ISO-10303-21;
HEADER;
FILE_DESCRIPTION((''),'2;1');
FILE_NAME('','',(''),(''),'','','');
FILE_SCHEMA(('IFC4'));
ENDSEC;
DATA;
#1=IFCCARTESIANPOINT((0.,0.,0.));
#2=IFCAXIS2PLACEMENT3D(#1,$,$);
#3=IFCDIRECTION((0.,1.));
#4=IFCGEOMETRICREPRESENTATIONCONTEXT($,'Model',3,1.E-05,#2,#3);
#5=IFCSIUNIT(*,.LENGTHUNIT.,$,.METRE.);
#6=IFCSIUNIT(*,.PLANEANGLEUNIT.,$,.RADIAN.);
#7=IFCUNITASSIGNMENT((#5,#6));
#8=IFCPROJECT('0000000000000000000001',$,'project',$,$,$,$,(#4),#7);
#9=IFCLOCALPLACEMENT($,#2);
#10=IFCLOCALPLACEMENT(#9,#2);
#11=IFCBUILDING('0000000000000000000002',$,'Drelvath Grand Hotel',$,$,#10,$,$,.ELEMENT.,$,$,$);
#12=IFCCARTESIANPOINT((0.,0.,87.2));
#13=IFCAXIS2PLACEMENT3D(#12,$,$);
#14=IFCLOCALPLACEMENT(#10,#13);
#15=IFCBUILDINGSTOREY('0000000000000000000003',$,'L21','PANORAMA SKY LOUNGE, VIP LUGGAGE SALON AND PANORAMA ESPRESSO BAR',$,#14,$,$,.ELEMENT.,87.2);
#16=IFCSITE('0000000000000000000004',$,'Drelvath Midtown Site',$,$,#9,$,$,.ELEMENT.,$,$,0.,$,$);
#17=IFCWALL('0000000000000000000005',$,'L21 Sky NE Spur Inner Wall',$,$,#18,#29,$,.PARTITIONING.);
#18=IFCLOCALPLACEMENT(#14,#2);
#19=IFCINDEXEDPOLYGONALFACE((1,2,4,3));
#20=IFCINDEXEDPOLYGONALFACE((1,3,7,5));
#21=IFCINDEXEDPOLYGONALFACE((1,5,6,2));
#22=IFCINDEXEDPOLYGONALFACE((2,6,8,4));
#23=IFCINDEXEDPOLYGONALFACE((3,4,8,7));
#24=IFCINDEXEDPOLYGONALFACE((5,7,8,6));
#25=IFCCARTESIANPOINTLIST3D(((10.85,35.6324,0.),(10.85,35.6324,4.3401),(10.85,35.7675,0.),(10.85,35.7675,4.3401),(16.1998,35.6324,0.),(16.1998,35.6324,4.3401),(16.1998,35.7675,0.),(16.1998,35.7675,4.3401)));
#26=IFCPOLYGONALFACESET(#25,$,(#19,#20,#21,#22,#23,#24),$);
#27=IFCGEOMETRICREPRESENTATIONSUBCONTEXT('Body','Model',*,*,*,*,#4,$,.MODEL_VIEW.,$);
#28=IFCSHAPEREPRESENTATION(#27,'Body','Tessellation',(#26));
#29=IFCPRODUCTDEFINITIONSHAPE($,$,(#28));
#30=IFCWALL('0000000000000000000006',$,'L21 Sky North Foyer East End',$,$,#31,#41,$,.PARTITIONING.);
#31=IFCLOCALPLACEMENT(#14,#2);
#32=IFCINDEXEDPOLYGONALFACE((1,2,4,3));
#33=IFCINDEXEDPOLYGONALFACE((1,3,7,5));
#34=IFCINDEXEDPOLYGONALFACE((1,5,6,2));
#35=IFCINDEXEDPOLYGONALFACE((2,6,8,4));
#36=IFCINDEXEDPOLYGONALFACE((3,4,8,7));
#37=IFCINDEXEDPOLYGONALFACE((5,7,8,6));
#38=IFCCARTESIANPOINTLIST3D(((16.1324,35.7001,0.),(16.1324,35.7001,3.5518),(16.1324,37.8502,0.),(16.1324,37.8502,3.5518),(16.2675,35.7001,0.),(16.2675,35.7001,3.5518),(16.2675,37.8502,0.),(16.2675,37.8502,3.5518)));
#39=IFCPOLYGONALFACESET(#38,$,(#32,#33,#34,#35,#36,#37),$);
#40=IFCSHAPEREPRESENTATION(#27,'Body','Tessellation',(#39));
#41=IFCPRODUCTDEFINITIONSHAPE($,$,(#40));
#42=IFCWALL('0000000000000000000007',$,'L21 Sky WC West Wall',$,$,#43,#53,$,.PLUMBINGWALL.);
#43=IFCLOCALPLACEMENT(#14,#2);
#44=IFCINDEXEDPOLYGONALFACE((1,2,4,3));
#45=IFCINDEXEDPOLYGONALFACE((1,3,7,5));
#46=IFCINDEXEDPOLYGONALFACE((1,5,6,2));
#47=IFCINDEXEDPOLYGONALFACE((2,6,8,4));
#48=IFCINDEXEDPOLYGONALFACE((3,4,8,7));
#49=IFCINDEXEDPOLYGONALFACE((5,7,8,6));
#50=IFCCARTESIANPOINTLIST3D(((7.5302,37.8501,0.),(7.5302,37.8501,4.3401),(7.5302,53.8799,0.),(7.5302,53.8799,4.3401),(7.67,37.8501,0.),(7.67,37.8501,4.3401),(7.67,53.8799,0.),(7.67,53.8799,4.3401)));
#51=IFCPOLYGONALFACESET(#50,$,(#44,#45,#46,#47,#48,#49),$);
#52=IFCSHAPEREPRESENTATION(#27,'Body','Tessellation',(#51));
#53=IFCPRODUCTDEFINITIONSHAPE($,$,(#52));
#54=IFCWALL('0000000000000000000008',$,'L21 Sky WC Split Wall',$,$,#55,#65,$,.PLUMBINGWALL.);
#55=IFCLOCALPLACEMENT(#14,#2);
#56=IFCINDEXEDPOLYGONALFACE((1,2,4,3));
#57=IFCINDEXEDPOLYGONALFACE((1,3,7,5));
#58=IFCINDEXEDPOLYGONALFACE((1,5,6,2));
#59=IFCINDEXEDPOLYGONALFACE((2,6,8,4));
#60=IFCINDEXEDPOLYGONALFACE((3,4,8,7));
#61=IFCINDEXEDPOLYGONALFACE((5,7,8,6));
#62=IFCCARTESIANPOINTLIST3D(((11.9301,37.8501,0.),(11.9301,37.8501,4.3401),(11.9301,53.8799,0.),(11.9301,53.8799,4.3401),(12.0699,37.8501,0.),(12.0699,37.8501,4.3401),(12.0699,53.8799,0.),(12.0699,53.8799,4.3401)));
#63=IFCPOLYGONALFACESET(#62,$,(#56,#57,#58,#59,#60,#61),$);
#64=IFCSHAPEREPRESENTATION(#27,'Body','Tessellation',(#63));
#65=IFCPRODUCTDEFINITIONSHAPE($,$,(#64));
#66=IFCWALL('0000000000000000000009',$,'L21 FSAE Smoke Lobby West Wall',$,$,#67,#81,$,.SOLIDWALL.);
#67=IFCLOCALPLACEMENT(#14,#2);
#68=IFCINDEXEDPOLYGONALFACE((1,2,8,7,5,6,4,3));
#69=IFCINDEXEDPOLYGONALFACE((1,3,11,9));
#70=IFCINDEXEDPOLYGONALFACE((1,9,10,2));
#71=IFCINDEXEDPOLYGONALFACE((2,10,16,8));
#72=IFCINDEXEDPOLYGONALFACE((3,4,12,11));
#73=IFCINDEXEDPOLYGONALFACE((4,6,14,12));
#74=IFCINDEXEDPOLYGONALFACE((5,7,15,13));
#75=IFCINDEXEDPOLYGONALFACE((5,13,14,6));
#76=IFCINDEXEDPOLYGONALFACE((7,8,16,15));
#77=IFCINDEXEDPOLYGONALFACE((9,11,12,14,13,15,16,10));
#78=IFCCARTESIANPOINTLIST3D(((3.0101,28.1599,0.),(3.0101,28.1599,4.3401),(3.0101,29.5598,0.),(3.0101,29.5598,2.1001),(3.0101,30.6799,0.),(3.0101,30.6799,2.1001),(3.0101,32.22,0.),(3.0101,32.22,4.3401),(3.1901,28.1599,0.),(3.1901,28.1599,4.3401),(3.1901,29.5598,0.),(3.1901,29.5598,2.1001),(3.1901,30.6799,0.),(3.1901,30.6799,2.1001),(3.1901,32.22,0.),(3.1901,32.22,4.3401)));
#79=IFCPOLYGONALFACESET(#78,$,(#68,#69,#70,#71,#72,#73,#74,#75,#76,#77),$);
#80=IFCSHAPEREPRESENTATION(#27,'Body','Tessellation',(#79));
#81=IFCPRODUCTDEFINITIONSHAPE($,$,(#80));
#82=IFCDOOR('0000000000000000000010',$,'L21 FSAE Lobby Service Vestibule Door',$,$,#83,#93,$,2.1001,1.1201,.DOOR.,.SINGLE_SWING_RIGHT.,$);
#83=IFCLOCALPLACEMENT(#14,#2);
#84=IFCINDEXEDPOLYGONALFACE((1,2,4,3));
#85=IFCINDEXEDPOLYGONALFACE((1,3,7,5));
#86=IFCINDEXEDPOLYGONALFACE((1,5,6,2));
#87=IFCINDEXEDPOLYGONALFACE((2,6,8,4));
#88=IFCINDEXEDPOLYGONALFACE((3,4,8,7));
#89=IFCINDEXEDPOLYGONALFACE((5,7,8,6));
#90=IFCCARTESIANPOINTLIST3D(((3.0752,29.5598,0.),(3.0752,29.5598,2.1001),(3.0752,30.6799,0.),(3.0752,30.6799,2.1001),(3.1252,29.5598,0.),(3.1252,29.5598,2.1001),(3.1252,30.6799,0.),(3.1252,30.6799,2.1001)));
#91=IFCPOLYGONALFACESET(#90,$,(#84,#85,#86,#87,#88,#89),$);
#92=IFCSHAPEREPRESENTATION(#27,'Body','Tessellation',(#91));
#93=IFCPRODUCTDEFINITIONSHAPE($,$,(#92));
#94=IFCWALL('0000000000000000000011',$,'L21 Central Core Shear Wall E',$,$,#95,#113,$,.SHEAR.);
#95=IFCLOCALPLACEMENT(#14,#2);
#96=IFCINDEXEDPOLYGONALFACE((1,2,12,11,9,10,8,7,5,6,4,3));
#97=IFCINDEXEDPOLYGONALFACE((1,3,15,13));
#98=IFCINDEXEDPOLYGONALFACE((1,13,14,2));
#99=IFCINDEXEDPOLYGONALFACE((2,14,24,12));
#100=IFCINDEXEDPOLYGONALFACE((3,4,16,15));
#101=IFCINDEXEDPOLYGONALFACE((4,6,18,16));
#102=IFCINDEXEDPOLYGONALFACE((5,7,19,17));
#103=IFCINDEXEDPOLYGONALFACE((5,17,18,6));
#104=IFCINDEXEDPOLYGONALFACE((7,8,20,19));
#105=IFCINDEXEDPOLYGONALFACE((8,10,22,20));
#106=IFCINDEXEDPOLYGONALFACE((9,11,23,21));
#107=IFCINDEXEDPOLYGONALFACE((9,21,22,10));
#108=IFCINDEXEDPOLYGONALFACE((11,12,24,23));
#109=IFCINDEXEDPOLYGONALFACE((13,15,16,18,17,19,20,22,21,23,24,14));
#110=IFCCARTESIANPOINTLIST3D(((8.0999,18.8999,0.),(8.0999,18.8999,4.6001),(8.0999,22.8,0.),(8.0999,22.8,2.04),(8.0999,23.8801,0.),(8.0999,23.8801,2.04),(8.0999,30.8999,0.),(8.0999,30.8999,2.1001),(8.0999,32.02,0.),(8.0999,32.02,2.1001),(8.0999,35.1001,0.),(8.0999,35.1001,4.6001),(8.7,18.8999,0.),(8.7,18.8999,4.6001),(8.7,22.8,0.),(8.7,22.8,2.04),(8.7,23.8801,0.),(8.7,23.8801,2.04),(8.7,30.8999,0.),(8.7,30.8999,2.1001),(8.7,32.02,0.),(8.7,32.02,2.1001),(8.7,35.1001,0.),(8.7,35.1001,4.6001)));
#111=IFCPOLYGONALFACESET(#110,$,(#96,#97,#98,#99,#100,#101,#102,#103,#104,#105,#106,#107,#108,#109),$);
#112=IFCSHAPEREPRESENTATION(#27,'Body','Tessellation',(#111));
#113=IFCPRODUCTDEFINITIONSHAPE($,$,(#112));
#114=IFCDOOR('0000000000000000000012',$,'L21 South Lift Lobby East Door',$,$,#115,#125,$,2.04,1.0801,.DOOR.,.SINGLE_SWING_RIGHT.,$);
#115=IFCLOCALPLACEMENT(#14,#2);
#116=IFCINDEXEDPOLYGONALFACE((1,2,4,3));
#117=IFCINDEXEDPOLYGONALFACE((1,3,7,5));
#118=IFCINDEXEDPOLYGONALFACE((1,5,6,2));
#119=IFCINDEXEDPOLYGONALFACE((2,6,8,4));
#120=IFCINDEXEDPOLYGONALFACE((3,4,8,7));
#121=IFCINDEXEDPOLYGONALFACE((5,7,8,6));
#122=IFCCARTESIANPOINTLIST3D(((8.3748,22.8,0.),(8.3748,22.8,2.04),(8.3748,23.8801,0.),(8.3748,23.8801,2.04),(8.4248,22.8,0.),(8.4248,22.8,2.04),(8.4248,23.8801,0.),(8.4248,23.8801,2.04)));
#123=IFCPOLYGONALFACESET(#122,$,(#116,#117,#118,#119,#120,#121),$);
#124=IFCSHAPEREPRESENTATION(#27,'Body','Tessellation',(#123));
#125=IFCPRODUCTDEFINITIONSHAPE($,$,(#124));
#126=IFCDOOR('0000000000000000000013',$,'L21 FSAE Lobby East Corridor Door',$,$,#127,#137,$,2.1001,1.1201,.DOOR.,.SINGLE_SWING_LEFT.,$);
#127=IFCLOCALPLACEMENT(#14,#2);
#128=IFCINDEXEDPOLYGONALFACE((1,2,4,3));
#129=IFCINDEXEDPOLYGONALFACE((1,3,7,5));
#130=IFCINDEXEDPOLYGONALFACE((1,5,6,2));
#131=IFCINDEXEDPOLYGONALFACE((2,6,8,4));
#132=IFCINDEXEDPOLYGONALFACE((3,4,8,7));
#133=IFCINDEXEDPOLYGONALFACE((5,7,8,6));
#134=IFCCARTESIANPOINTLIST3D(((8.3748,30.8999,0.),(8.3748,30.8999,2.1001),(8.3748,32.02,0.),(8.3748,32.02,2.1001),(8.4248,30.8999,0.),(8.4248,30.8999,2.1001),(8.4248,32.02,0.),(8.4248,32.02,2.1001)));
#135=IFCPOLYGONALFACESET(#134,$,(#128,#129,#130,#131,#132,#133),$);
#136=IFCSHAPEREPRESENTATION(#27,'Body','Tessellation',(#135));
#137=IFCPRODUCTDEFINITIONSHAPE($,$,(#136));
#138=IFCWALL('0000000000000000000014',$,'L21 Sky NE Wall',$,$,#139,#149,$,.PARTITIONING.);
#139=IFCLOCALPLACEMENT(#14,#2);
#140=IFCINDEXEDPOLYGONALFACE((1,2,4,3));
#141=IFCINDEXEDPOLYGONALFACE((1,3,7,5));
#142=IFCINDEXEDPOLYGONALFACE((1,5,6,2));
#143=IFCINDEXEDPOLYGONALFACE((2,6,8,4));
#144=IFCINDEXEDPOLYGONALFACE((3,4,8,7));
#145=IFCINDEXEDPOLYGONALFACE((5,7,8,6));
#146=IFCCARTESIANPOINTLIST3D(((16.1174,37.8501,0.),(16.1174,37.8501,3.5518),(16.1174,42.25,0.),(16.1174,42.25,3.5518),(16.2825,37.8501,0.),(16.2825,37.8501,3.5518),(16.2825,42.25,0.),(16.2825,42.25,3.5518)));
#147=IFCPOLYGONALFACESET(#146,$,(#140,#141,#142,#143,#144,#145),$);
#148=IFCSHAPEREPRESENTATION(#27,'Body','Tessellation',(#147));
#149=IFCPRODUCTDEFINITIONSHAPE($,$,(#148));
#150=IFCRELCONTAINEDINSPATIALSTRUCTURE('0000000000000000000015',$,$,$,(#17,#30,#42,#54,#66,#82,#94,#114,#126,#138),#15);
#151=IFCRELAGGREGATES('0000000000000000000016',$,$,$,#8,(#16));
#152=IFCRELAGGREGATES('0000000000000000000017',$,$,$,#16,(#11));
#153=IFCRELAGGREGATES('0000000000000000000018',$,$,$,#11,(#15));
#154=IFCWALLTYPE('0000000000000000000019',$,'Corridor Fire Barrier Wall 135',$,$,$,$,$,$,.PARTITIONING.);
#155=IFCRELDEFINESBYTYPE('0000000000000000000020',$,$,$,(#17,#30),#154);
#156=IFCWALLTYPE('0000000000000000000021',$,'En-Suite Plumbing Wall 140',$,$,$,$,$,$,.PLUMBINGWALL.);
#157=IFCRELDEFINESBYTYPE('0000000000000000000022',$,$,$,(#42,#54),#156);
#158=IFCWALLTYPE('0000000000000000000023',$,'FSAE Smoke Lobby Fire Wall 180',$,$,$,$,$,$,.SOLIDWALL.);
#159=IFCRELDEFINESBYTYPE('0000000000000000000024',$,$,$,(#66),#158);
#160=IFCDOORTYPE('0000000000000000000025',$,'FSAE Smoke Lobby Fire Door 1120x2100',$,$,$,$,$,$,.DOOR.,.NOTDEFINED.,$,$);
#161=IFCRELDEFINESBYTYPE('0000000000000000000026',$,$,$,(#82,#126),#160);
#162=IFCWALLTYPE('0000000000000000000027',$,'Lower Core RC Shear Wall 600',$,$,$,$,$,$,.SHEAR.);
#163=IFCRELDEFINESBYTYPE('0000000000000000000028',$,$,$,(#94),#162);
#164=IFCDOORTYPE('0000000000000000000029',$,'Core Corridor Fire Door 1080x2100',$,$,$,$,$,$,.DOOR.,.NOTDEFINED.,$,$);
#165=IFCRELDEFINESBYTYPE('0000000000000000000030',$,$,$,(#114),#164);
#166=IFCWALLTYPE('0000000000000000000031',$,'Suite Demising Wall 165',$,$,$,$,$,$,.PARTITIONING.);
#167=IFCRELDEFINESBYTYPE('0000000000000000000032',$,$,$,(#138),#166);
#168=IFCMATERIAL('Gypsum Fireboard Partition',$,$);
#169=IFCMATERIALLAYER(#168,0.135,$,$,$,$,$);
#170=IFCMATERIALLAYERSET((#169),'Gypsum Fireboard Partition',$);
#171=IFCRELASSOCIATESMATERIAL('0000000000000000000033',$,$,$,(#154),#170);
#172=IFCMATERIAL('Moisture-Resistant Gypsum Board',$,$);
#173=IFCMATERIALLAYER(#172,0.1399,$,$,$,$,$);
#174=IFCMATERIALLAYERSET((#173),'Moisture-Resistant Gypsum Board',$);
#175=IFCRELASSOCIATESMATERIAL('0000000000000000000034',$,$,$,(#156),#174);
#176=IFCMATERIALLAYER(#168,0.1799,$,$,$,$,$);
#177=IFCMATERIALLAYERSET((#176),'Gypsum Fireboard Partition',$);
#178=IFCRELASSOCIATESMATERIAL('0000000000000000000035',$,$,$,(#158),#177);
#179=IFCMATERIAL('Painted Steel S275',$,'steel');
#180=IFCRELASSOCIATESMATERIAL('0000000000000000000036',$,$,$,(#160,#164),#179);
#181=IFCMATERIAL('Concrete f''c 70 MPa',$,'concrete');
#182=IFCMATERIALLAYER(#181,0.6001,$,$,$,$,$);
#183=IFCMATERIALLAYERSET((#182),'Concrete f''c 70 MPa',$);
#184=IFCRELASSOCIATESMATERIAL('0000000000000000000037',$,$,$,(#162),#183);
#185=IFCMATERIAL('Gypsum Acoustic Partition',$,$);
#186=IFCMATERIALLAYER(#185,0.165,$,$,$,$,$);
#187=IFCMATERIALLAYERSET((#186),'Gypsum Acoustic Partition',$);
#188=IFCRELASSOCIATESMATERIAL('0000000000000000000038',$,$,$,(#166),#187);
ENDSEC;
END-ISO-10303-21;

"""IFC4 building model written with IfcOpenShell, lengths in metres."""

from ifc_helpers import new_model, si_unit, direction, frame, frame_2d, origin, place, context, subcontext, project, spatial, rectangle, extrude, material, layer, layer_set, type_object, element, fill, save


model = new_model("IFC4")

# Units and contexts
model_context = context("Model", 3, precision=1e-05, world=origin(), true_north=direction((0.0, 1.0)))
body_context = subcontext(model_context, "Body", "Model", "MODEL_VIEW")
ifc_project = project(units=[si_unit("LENGTHUNIT", "METRE"), si_unit("PLANEANGLEUNIT", "RADIAN")], contexts=[model_context])

# Site, building, storey
site_placement = place(None, origin())
site = spatial("IfcSite", under=ifc_project, at=site_placement, Name="Drelvath Midtown Site", CompositionType="ELEMENT", RefElevation=0.0)
building_placement = place(site_placement, origin())
building = spatial("IfcBuilding", under=site, at=building_placement, Name="Drelvath Grand Hotel", CompositionType="ELEMENT")
storey_placement = place(building_placement, frame((0.0, 0.0, 87.2)))
storey = spatial("IfcBuildingStorey", under=building, at=storey_placement, Name="L21", Description="PANORAMA SKY LOUNGE, VIP LUGGAGE SALON AND PANORAMA ESPRESSO BAR", CompositionType="ELEMENT", Elevation=87.2)

# Shared definitions
ifc_material_1 = material(Name="Concrete f'c 70 MPa", Category="concrete")

# Shared definitions
ifc_material_2 = material(Name="Painted Steel S275", Category="steel")

# Walls
ifc_material_3 = material(Name="Gypsum Fireboard Partition")
ifc_layer_1 = layer(ifc_material_3, 0.135)
ifc_layer_set_1 = layer_set([ifc_layer_1], Name="Gypsum Fireboard Partition")
wall_type_1 = type_object("IfcWallType", Name="Corridor Fire Barrier Wall 135", PredefinedType="PARTITIONING", material=ifc_layer_set_1)
wall_1_placement = place(storey_placement, frame((10.8501, 35.7, 0.0), z_axis=(0.0, 0.0, 1.0), x_axis=(1.0, 0.0, 0.0)))
element("IfcWall", 1, at=wall_1_placement, inside=storey, type_object=wall_type_1, Name="L21 Sky NE Spur Inner Wall", PredefinedType="PARTITIONING", context=body_context, shape_type="SweptSolid", body=[
    extrude(rectangle(XDim=5.3499, YDim=0.135, at=frame_2d((2.6748, 0.0))), origin(), (0.0, 0.0, 1.0), 4.3401),
])
wall_2_placement = place(storey_placement, frame((16.2, 35.7, 0.0), z_axis=(0.0, 0.0, 1.0), x_axis=(0.0, 1.0, 0.0)))
element("IfcWall", 2, at=wall_2_placement, inside=storey, type_object=wall_type_1, Name="L21 Sky North Foyer East End", PredefinedType="PARTITIONING", context=body_context, shape_type="SweptSolid", body=[
    extrude(rectangle(XDim=2.1501, YDim=0.135, at=frame_2d((1.0752, 0.0))), origin(), (0.0, 0.0, 1.0), 3.5518),
])
ifc_material_4 = material(Name="Moisture-Resistant Gypsum Board")
ifc_layer_2 = layer(ifc_material_4, 0.1399)
ifc_layer_set_2 = layer_set([ifc_layer_2], Name="Moisture-Resistant Gypsum Board")
wall_type_2 = type_object("IfcWallType", Name="En-Suite Plumbing Wall 140", PredefinedType="PLUMBINGWALL", material=ifc_layer_set_2)
for number, where, z_axis, x_axis, name in (
    (3, (7.6001, 37.8501, 0.0), (0.0, 0.0, 1.0), (0.0, 1.0, 0.0), "L21 Sky WC West Wall"),
    (4, (12.0, 37.8501, 0.0), (0.0, 0.0, 1.0), (0.0, 1.0, 0.0), "L21 Sky WC Split Wall"),
):
    element("IfcWall", number, at=place(storey_placement, frame(where, z_axis=z_axis, x_axis=x_axis)), inside=storey, type_object=wall_type_2, Name=name, PredefinedType="PLUMBINGWALL", context=body_context, shape_type="SweptSolid", body=[
        extrude(rectangle(XDim=16.0298, YDim=0.1399, at=frame_2d((8.0149, 0.0))), origin(), (0.0, 0.0, 1.0), 4.3401),
    ])

# Wall, opening, door
ifc_layer_3 = layer(ifc_material_3, 0.1799)
ifc_layer_set_3 = layer_set([ifc_layer_3], Name="Gypsum Fireboard Partition")
wall_type_3 = type_object("IfcWallType", Name="FSAE Smoke Lobby Fire Wall 180", PredefinedType="SOLIDWALL", material=ifc_layer_set_3)
wall_3_placement = place(storey_placement, frame((3.1001, 28.1599, 0.0), z_axis=(0.0, 0.0, 1.0), x_axis=(0.0, 1.0, 0.0)))
wall_3 = element("IfcWall", 5, at=wall_3_placement, inside=storey, type_object=wall_type_3, Name="L21 FSAE Smoke Lobby West Wall", PredefinedType="SOLIDWALL", context=body_context, shape_type="SweptSolid", body=[
    extrude(rectangle(XDim=4.0601, YDim=0.1799, at=frame_2d((2.03, 0.0))), origin(), (0.0, 0.0, 1.0), 4.3401),
])
opening_1_placement = place(wall_3_placement, frame((1.3999, 0.0, 0.0)))
opening_1 = element("IfcOpeningElement", 6, at=opening_1_placement, cuts=wall_3, PredefinedType="OPENING", context=body_context, shape_type="SweptSolid", body=[
    extrude(rectangle(XDim=1.1201, YDim=2.1001, at=frame_2d((0.5601, 1.05))), frame((0.0, 0.0999, 0.0), z_axis=(0.0, -1.0, 0.0), x_axis=(1.0, 0.0, 0.0)), (0.0, 0.0, 1.0), 0.2),
])
door_type_1 = type_object("IfcDoorType", Name="FSAE Smoke Lobby Fire Door 1120x2100", OperationType="NOTDEFINED", PredefinedType="DOOR", material=ifc_material_2)
door_1_placement = place(opening_1_placement, origin())
door_1 = element("IfcDoor", 7, at=door_1_placement, inside=storey, type_object=door_type_1, Name="L21 FSAE Lobby Service Vestibule Door", OperationType="SINGLE_SWING_RIGHT", OverallHeight=2.1001, OverallWidth=1.1201, PredefinedType="DOOR", context=body_context, shape_type="SweptSolid", body=[
    extrude(rectangle(XDim=1.1201, YDim=2.1001, at=frame_2d((0.5601, 1.05))), frame((0.0, 0.0249, 0.0), z_axis=(0.0, -1.0, 0.0), x_axis=(1.0, 0.0, 0.0)), (0.0, 0.0, 1.0), 0.05),
])
fill(opening_1, door_1)

# Wall, openings, doors
ifc_layer_4 = layer(ifc_material_1, 0.6001)
ifc_layer_set_4 = layer_set([ifc_layer_4], Name="Concrete f'c 70 MPa")
wall_type_4 = type_object("IfcWallType", Name="Lower Core RC Shear Wall 600", PredefinedType="SHEAR", material=ifc_layer_set_4)
wall_4_placement = place(storey_placement, frame((8.3999, 35.1001, 0.0), z_axis=(0.0, 0.0, 1.0), x_axis=(0.0, -1.0, 0.0)))
wall_4 = element("IfcWall", 8, at=wall_4_placement, inside=storey, type_object=wall_type_4, Name="L21 Central Core Shear Wall E", PredefinedType="SHEAR", context=body_context, shape_type="SweptSolid", body=[
    extrude(rectangle(XDim=16.2002, YDim=0.6001, at=frame_2d((8.1001, 0.0))), origin(), (0.0, 0.0, 1.0), 4.6001),
])
opening_2_placement = place(wall_4_placement, frame((3.0801, 0.0, 0.0)))
opening_2 = element("IfcOpeningElement", 9, at=opening_2_placement, cuts=wall_4, PredefinedType="OPENING", context=body_context, shape_type="SweptSolid", body=[
    extrude(rectangle(XDim=1.1201, YDim=2.1001, at=frame_2d((0.5601, 1.05))), frame((0.0, 0.3101, 0.0), z_axis=(0.0, -1.0, 0.0), x_axis=(1.0, 0.0, 0.0)), (0.0, 0.0, 1.0), 0.6201),
])
opening_3_placement = place(wall_4_placement, frame((11.22, 0.0, 0.0)))
opening_3 = element("IfcOpeningElement", 10, at=opening_3_placement, cuts=wall_4, PredefinedType="OPENING", context=body_context, shape_type="SweptSolid", body=[
    extrude(rectangle(XDim=1.0801, YDim=2.04, at=frame_2d((0.54, 1.02))), frame((0.0, 0.3101, 0.0), z_axis=(0.0, -1.0, 0.0), x_axis=(1.0, 0.0, 0.0)), (0.0, 0.0, 1.0), 0.6201),
])
door_type_2 = type_object("IfcDoorType", Name="Core Corridor Fire Door 1080x2100", OperationType="NOTDEFINED", PredefinedType="DOOR", material=ifc_material_2)
door_2_placement = place(opening_3_placement, origin())
door_2 = element("IfcDoor", 11, at=door_2_placement, inside=storey, type_object=door_type_2, Name="L21 South Lift Lobby East Door", OperationType="SINGLE_SWING_RIGHT", OverallHeight=2.04, OverallWidth=1.0801, PredefinedType="DOOR", context=body_context, shape_type="SweptSolid", body=[
    extrude(rectangle(XDim=1.0801, YDim=2.04, at=frame_2d((0.54, 1.02))), frame((0.0, 0.0249, 0.0), z_axis=(0.0, -1.0, 0.0), x_axis=(1.0, 0.0, 0.0)), (0.0, 0.0, 1.0), 0.05),
])
fill(opening_3, door_2)
door_3_placement = place(opening_2_placement, origin())
door_3 = element("IfcDoor", 12, at=door_3_placement, inside=storey, type_object=door_type_1, Name="L21 FSAE Lobby East Corridor Door", OperationType="SINGLE_SWING_LEFT", OverallHeight=2.1001, OverallWidth=1.1201, PredefinedType="DOOR", context=body_context, shape_type="SweptSolid", body=[
    extrude(rectangle(XDim=1.1201, YDim=2.1001, at=frame_2d((0.5601, 1.05))), frame((0.0, 0.0249, 0.0), z_axis=(0.0, -1.0, 0.0), x_axis=(1.0, 0.0, 0.0)), (0.0, 0.0, 1.0), 0.05),
])
fill(opening_2, door_3)

# Wall
ifc_material_5 = material(Name="Gypsum Acoustic Partition")
ifc_layer_5 = layer(ifc_material_5, 0.165)
ifc_layer_set_5 = layer_set([ifc_layer_5], Name="Gypsum Acoustic Partition")
wall_type_5 = type_object("IfcWallType", Name="Suite Demising Wall 165", PredefinedType="PARTITIONING", material=ifc_layer_set_5)
wall_5_placement = place(storey_placement, frame((16.2, 37.8501, 0.0), z_axis=(0.0, 0.0, 1.0), x_axis=(0.0, 1.0, 0.0)))
element("IfcWall", 13, at=wall_5_placement, inside=storey, type_object=wall_type_5, Name="L21 Sky NE Wall", PredefinedType="PARTITIONING", context=body_context, shape_type="SweptSolid", body=[
    extrude(rectangle(XDim=4.3999, YDim=0.165, at=frame_2d((2.2, 0.0))), origin(), (0.0, 0.0, 1.0), 3.5518),
])

save(model, "model.ifc")
